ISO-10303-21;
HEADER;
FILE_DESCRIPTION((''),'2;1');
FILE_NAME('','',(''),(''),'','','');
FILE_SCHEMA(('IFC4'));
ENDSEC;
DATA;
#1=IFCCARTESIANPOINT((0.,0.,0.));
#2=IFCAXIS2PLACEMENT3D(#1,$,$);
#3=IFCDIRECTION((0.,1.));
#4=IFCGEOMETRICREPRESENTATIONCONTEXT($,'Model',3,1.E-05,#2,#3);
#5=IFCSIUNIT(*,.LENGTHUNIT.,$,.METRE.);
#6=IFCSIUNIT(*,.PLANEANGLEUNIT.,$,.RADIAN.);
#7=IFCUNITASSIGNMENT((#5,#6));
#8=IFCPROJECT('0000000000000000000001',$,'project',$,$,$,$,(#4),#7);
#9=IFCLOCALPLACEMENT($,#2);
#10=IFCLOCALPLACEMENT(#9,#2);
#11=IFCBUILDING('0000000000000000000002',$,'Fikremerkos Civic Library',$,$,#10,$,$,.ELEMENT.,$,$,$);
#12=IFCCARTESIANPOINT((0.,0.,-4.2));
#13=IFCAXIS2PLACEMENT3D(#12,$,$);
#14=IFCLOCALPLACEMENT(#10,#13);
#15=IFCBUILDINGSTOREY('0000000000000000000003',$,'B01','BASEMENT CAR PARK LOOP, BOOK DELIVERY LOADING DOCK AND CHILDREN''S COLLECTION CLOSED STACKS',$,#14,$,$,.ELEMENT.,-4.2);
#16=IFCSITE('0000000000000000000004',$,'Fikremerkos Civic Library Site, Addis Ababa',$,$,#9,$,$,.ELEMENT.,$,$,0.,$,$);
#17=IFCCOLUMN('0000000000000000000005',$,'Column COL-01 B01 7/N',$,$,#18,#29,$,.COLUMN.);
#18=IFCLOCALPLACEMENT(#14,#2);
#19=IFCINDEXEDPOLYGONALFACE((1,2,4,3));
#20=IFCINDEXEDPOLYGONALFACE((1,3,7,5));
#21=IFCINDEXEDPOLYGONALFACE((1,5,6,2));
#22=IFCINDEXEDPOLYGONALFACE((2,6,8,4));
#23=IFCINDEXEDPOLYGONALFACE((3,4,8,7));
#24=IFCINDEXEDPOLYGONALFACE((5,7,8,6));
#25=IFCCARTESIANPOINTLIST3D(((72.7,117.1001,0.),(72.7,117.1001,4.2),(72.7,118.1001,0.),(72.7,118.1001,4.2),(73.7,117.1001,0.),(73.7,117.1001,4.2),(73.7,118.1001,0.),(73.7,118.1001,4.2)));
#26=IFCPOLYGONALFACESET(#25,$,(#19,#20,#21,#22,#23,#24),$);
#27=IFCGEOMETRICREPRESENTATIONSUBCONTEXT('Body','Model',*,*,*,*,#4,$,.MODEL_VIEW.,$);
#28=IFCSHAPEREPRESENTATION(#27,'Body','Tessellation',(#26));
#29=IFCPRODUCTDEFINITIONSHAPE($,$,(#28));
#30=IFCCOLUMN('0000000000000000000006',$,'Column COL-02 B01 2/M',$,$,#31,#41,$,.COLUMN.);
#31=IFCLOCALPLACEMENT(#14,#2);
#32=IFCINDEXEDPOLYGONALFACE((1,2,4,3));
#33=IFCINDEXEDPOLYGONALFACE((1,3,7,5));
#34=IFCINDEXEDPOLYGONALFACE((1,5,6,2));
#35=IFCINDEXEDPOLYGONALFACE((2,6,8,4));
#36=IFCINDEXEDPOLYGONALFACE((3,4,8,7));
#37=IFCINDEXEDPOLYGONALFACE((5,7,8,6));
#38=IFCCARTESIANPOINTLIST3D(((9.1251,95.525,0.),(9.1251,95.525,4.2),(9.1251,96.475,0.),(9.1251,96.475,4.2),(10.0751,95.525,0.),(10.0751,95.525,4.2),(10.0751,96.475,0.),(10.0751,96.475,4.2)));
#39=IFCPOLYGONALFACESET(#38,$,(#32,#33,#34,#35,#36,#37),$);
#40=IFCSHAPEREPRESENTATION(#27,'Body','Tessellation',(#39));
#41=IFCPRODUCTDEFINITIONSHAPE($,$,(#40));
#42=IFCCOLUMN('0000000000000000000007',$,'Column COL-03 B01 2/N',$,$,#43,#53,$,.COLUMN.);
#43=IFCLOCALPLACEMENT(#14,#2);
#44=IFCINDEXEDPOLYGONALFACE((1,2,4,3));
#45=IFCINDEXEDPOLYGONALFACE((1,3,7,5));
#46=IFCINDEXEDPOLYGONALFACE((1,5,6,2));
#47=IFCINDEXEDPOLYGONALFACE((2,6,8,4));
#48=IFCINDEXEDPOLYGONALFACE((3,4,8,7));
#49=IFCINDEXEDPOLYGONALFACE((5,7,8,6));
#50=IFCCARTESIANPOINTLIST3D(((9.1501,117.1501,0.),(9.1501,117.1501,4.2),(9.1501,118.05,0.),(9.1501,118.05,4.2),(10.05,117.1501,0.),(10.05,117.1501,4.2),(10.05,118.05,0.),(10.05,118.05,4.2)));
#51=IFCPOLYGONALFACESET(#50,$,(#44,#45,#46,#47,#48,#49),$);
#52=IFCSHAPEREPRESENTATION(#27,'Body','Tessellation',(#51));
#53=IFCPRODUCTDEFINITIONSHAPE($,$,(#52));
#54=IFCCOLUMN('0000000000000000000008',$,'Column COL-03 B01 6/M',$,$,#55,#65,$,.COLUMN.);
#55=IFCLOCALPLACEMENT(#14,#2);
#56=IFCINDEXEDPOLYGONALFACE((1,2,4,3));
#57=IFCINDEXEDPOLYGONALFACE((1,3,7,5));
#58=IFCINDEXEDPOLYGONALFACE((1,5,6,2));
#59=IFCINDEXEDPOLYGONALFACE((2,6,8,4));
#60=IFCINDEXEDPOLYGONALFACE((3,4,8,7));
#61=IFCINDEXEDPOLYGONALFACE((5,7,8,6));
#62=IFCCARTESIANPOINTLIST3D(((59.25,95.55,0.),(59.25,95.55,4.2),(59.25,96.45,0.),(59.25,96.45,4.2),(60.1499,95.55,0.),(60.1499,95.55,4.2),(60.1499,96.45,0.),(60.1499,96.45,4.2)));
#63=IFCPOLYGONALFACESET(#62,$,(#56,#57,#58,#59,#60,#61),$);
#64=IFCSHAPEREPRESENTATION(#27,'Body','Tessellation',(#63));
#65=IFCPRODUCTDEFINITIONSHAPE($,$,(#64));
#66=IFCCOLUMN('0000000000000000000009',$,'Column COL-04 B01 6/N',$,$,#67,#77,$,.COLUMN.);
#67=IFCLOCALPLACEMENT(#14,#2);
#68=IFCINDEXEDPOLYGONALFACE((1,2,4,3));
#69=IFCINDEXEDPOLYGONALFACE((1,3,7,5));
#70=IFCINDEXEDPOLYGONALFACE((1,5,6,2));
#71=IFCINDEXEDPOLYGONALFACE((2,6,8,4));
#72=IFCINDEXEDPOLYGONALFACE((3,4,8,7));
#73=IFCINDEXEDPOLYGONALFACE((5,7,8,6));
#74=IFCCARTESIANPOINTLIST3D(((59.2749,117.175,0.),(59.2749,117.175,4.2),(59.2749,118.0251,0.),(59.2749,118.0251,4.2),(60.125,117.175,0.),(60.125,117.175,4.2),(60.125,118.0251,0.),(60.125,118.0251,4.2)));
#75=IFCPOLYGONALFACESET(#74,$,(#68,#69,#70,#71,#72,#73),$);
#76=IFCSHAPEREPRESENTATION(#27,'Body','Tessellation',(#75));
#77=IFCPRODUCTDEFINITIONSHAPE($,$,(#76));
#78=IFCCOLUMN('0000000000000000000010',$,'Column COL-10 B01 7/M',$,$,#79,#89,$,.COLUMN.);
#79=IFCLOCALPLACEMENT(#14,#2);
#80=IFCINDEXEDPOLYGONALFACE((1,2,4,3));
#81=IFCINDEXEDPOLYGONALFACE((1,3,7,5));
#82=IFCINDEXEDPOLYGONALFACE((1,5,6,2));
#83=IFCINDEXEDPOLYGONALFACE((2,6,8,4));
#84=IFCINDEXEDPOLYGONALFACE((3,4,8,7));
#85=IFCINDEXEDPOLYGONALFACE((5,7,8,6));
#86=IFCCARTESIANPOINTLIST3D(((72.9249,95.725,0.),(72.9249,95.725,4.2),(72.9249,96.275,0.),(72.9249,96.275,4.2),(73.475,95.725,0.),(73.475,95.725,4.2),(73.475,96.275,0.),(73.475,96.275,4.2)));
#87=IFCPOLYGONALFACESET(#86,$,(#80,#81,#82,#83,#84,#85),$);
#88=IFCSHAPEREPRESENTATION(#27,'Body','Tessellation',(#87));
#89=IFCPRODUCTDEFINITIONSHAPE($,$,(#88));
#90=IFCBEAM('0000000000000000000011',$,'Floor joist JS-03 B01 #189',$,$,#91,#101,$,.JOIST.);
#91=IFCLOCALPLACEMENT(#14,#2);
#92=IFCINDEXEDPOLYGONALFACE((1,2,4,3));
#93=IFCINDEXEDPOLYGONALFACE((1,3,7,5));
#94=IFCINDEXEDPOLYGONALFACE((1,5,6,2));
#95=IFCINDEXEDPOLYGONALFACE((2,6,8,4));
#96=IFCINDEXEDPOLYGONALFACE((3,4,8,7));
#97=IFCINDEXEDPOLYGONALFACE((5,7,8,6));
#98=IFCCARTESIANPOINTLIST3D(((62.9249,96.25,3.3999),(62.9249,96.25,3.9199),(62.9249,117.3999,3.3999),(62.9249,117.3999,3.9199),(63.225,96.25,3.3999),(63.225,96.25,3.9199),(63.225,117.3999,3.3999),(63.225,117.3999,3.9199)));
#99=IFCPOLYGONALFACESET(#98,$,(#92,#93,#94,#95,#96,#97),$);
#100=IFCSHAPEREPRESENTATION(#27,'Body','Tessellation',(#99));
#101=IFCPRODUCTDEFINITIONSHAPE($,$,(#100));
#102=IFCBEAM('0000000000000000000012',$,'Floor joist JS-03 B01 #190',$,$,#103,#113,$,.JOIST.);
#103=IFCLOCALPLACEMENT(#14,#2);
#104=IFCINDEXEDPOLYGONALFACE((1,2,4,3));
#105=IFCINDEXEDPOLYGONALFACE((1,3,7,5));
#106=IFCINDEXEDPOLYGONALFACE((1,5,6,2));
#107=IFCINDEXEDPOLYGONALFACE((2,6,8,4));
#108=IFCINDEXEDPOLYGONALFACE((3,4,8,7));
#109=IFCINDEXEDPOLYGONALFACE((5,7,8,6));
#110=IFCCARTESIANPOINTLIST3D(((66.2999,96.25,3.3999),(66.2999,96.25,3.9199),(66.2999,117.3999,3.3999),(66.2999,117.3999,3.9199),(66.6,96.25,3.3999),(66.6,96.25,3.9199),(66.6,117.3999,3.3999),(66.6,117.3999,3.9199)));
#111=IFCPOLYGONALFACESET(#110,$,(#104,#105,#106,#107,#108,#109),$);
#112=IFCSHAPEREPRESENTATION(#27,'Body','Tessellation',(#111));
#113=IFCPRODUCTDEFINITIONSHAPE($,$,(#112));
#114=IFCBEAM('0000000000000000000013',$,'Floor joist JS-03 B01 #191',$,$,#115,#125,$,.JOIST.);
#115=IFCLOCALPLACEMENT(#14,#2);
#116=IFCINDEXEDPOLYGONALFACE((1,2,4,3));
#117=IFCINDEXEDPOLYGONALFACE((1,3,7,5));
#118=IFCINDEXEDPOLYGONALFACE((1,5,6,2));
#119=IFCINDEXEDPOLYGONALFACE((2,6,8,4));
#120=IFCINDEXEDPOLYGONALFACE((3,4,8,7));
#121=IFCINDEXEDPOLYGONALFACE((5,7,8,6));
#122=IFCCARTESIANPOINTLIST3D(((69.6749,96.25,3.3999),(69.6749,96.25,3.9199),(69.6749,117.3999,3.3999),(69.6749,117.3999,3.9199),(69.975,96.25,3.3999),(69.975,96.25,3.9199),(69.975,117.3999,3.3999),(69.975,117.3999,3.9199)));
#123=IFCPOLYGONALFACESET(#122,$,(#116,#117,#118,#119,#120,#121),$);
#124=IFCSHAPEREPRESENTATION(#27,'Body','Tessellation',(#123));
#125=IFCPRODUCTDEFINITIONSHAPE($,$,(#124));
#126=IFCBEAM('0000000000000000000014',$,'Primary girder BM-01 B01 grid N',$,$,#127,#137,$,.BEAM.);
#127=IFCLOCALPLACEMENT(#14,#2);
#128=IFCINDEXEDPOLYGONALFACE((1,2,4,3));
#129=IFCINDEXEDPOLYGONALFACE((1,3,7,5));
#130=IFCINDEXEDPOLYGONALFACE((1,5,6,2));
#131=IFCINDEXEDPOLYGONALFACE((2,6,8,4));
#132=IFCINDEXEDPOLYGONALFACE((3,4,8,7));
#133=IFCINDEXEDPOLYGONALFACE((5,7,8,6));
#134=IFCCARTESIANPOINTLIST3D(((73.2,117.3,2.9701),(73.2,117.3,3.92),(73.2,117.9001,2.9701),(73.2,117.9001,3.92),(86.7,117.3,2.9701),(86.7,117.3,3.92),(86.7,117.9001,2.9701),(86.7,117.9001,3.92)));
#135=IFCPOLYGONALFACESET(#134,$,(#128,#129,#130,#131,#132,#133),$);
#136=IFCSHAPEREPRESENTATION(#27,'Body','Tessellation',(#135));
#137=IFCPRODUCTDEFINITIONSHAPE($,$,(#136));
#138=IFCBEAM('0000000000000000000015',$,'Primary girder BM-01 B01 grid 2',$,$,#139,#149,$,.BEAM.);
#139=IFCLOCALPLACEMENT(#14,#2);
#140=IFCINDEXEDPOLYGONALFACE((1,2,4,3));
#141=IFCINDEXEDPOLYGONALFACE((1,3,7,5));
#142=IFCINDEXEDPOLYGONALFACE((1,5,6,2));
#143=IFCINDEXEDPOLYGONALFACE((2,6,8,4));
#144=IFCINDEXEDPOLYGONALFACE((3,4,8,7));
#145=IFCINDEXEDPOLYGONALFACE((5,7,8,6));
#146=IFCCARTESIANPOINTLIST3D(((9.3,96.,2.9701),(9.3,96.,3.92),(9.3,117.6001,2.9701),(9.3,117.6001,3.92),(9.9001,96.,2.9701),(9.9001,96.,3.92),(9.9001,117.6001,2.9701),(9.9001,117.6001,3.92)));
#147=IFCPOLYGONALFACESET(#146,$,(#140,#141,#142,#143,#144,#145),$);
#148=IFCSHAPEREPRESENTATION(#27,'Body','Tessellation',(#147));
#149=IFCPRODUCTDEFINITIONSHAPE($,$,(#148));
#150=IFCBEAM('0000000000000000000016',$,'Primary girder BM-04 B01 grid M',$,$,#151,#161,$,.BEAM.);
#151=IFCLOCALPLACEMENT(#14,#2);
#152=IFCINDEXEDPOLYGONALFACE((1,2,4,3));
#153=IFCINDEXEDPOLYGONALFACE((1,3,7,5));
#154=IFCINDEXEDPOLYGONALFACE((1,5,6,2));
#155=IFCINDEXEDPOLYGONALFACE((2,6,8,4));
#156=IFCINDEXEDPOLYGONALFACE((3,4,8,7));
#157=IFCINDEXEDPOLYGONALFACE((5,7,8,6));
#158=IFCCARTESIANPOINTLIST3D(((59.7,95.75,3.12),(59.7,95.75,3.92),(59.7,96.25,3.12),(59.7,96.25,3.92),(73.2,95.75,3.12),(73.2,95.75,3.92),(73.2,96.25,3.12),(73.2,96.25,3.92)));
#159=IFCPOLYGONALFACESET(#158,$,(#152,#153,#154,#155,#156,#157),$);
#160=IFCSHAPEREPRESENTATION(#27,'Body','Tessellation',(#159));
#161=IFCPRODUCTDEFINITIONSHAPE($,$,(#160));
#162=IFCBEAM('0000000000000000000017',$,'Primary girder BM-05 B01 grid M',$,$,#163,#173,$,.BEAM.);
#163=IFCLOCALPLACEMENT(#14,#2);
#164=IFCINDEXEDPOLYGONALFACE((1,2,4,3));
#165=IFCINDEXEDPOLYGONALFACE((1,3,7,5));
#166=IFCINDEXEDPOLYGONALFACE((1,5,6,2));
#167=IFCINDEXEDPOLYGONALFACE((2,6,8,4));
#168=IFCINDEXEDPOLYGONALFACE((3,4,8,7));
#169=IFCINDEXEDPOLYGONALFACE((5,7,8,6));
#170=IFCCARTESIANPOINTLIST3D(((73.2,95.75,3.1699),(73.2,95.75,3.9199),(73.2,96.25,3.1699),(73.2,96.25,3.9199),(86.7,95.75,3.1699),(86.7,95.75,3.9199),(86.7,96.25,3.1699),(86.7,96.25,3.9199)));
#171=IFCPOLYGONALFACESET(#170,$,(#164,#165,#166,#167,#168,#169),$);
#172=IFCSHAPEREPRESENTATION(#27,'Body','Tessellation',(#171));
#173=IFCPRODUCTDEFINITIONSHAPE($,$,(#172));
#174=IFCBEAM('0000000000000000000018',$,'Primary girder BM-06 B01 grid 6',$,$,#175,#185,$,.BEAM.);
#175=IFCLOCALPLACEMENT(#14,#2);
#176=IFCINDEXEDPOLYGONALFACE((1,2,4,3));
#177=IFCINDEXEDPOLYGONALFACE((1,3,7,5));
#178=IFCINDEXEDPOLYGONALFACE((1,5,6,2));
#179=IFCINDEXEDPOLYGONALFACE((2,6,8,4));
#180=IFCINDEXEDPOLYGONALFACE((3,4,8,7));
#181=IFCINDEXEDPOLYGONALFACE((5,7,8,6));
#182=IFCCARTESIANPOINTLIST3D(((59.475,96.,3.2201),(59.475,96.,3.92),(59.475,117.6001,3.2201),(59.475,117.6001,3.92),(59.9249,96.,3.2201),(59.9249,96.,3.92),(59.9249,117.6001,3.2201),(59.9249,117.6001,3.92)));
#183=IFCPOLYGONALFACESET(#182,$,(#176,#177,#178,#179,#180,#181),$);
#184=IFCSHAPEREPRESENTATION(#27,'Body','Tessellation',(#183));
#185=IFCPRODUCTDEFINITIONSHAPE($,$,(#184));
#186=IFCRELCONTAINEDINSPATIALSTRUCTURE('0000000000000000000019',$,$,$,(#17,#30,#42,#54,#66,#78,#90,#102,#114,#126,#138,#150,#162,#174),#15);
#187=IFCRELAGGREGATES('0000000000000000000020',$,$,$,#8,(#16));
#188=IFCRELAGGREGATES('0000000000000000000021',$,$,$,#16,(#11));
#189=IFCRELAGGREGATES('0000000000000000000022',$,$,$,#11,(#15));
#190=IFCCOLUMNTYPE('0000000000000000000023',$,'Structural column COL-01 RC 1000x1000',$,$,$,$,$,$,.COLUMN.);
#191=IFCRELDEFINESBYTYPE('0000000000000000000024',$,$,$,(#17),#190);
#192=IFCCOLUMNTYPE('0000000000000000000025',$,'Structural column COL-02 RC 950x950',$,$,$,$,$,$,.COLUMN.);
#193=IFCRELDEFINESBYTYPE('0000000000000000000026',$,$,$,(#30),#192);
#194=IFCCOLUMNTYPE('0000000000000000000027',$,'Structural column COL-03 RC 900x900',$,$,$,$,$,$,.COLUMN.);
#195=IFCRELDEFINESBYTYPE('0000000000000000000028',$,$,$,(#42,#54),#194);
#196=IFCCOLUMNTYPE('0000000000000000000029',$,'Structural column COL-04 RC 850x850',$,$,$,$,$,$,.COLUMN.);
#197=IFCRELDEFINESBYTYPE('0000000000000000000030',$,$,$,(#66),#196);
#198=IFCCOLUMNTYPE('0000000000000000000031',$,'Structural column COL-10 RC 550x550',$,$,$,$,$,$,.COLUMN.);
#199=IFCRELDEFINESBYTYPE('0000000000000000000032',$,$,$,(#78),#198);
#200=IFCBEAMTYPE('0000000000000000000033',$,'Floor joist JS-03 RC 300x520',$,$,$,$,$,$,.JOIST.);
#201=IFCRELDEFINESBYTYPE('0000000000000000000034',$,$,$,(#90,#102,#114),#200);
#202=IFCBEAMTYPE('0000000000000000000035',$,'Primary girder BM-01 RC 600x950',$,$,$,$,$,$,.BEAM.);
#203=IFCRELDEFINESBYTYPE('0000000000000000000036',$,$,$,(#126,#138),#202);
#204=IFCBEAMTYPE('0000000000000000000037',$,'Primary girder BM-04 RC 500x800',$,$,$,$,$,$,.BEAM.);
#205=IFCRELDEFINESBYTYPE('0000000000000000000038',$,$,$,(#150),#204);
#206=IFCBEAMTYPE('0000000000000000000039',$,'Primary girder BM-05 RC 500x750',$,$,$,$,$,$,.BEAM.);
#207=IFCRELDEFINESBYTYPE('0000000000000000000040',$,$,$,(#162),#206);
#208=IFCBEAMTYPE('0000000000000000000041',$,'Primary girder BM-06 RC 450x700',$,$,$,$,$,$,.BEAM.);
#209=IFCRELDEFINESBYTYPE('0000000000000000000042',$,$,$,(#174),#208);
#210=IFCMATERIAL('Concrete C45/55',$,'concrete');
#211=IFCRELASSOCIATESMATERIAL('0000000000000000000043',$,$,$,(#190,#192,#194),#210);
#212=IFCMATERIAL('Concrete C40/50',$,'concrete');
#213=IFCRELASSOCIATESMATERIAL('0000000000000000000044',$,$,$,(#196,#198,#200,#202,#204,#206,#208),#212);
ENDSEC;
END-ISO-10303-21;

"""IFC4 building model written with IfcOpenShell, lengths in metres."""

from ifc_helpers import new_model, si_unit, direction, frame, origin, origin_2d, place, context, subcontext, project, spatial, rectangle, extrude, material, material_profile, profile_set, type_object, element, save


model = new_model("IFC4")

# Units and contexts
model_context = context("Model", 3, precision=1e-05, world=origin(), true_north=direction((0.0, 1.0)))
body_context = subcontext(model_context, "Body", "Model", "MODEL_VIEW")
ifc_project = project(units=[si_unit("LENGTHUNIT", "METRE"), si_unit("PLANEANGLEUNIT", "RADIAN")], contexts=[model_context])

# Site, building, storey
site_placement = place(None, origin())
site = spatial("IfcSite", under=ifc_project, at=site_placement, Name="Fikremerkos Civic Library Site, Addis Ababa", CompositionType="ELEMENT", RefElevation=0.0)
building_placement = place(site_placement, origin())
building = spatial("IfcBuilding", under=site, at=building_placement, Name="Fikremerkos Civic Library", CompositionType="ELEMENT")
storey_placement = place(building_placement, frame((0.0, 0.0, -4.2)))
storey = spatial("IfcBuildingStorey", under=building, at=storey_placement, Name="B01", Description="BASEMENT CAR PARK LOOP, BOOK DELIVERY LOADING DOCK AND CHILDREN'S COLLECTION CLOSED STACKS", CompositionType="ELEMENT", Elevation=-4.2)

# Columns
ifc_material_1 = material(Name="Concrete C45/55", Category="concrete")
ifc_material_profile_1 = material_profile(ifc_material_1, rectangle(XDim=1.0, YDim=1.0, at=origin_2d()), Name="RC 1000x1000")
ifc_profile_set_1 = profile_set([ifc_material_profile_1], Name="Concrete C45/55")
column_type_1 = type_object("IfcColumnType", Name="Structural column COL-01 RC 1000x1000", PredefinedType="COLUMN", material=ifc_profile_set_1)
column_1_placement = place(storey_placement, frame((73.2, 117.6001, 0.0), z_axis=(0.0, 0.0, 1.0), x_axis=(1.0, 0.0, 0.0)))
element("IfcColumn", 1, at=column_1_placement, inside=storey, type_object=column_type_1, Name="Column COL-01 B01 7/N", PredefinedType="COLUMN", context=body_context, shape_type="SweptSolid", body=[
    extrude(rectangle(XDim=1.0, YDim=1.0, at=origin_2d()), origin(), (0.0, 0.0, 1.0), 4.2),
])
ifc_material_profile_2 = material_profile(ifc_material_1, rectangle(XDim=0.95, YDim=0.95, at=origin_2d()), Name="RC 950x950")
ifc_profile_set_2 = profile_set([ifc_material_profile_2], Name="Concrete C45/55")
column_type_2 = type_object("IfcColumnType", Name="Structural column COL-02 RC 950x950", PredefinedType="COLUMN", material=ifc_profile_set_2)
column_2_placement = place(storey_placement, frame((9.6001, 96.0, 0.0), z_axis=(0.0, 0.0, 1.0), x_axis=(1.0, 0.0, 0.0)))
element("IfcColumn", 2, at=column_2_placement, inside=storey, type_object=column_type_2, Name="Column COL-02 B01 2/M", PredefinedType="COLUMN", context=body_context, shape_type="SweptSolid", body=[
    extrude(rectangle(XDim=0.95, YDim=0.95, at=origin_2d()), origin(), (0.0, 0.0, 1.0), 4.2),
])
ifc_material_profile_3 = material_profile(ifc_material_1, rectangle(XDim=0.8999, YDim=0.8999, at=origin_2d()), Name="RC 900x900")
ifc_profile_set_3 = profile_set([ifc_material_profile_3], Name="Concrete C45/55")
column_type_3 = type_object("IfcColumnType", Name="Structural column COL-03 RC 900x900", PredefinedType="COLUMN", material=ifc_profile_set_3)
for number, where, z_axis, x_axis, name in (
    (3, (9.6001, 117.6001, 0.0), (0.0, 0.0, 1.0), (1.0, 0.0, 0.0), "Column COL-03 B01 2/N"),
    (4, (59.7, 96.0, 0.0), (0.0, 0.0, 1.0), (1.0, 0.0, 0.0), "Column COL-03 B01 6/M"),
):
    element("IfcColumn", number, at=place(storey_placement, frame(where, z_axis=z_axis, x_axis=x_axis)), inside=storey, type_object=column_type_3, Name=name, PredefinedType="COLUMN", context=body_context, shape_type="SweptSolid", body=[
        extrude(rectangle(XDim=0.8999, YDim=0.8999, at=origin_2d()), origin(), (0.0, 0.0, 1.0), 4.2),
    ])
ifc_material_2 = material(Name="Concrete C40/50", Category="concrete")
ifc_material_profile_4 = material_profile(ifc_material_2, rectangle(XDim=0.8501, YDim=0.8501, at=origin_2d()), Name="RC 850x850")
ifc_profile_set_4 = profile_set([ifc_material_profile_4], Name="Concrete C40/50")
column_type_4 = type_object("IfcColumnType", Name="Structural column COL-04 RC 850x850", PredefinedType="COLUMN", material=ifc_profile_set_4)
column_3_placement = place(storey_placement, frame((59.7, 117.6001, 0.0), z_axis=(0.0, 0.0, 1.0), x_axis=(1.0, 0.0, 0.0)))
element("IfcColumn", 5, at=column_3_placement, inside=storey, type_object=column_type_4, Name="Column COL-04 B01 6/N", PredefinedType="COLUMN", context=body_context, shape_type="SweptSolid", body=[
    extrude(rectangle(XDim=0.8501, YDim=0.8501, at=origin_2d()), origin(), (0.0, 0.0, 1.0), 4.2),
])
ifc_material_profile_5 = material_profile(ifc_material_2, rectangle(XDim=0.55, YDim=0.55, at=origin_2d()), Name="RC 550x550")
ifc_profile_set_5 = profile_set([ifc_material_profile_5], Name="Concrete C40/50")
column_type_5 = type_object("IfcColumnType", Name="Structural column COL-10 RC 550x550", PredefinedType="COLUMN", material=ifc_profile_set_5)
column_4_placement = place(storey_placement, frame((73.2, 96.0, 0.0), z_axis=(0.0, 0.0, 1.0), x_axis=(1.0, 0.0, 0.0)))
element("IfcColumn", 6, at=column_4_placement, inside=storey, type_object=column_type_5, Name="Column COL-10 B01 7/M", PredefinedType="COLUMN", context=body_context, shape_type="SweptSolid", body=[
    extrude(rectangle(XDim=0.55, YDim=0.55, at=origin_2d()), origin(), (0.0, 0.0, 1.0), 4.2),
])

# Beams
ifc_material_profile_6 = material_profile(ifc_material_2, rectangle(XDim=0.3, YDim=0.52, at=origin_2d()), Name="RC 300x520")
ifc_profile_set_6 = profile_set([ifc_material_profile_6], Name="Concrete C40/50")
beam_type_1 = type_object("IfcBeamType", Name="Floor joist JS-03 RC 300x520", PredefinedType="JOIST", material=ifc_profile_set_6)
for number, where, z_axis, x_axis, name in (
    (7, (63.075, 96.25, 3.6599), (0.0, 1.0, 0.0), (-1.0, 0.0, 0.0), "Floor joist JS-03 B01 #189"),
    (8, (66.45, 96.25, 3.6599), (0.0, 1.0, 0.0), (-1.0, 0.0, 0.0), "Floor joist JS-03 B01 #190"),
    (9, (69.825, 96.25, 3.6599), (0.0, 1.0, 0.0), (-1.0, 0.0, 0.0), "Floor joist JS-03 B01 #191"),
):
    element("IfcBeam", number, at=place(storey_placement, frame(where, z_axis=z_axis, x_axis=x_axis)), inside=storey, type_object=beam_type_1, Name=name, PredefinedType="JOIST", context=body_context, shape_type="SweptSolid", body=[
        extrude(rectangle(XDim=0.3, YDim=0.52, at=origin_2d()), origin(), (0.0, 0.0, 1.0), 21.1499),
    ])
ifc_material_profile_7 = material_profile(ifc_material_2, rectangle(XDim=0.6001, YDim=0.95, at=origin_2d()), Name="RC 600x950")
ifc_profile_set_7 = profile_set([ifc_material_profile_7], Name="Concrete C40/50")
beam_type_2 = type_object("IfcBeamType", Name="Primary girder BM-01 RC 600x950", PredefinedType="BEAM", material=ifc_profile_set_7)
beam_1_placement = place(storey_placement, frame((73.2, 117.6001, 3.4451), z_axis=(1.0, 0.0, 0.0), x_axis=(0.0, 1.0, 0.0)))
element("IfcBeam", 10, at=beam_1_placement, inside=storey, type_object=beam_type_2, Name="Primary girder BM-01 B01 grid N", PredefinedType="BEAM", context=body_context, shape_type="SweptSolid", body=[
    extrude(rectangle(XDim=0.6001, YDim=0.95, at=origin_2d()), origin(), (0.0, 0.0, 1.0), 13.5),
])
beam_2_placement = place(storey_placement, frame((9.6001, 96.0, 3.4451), z_axis=(0.0, 1.0, 0.0), x_axis=(-1.0, 0.0, 0.0)))
element("IfcBeam", 11, at=beam_2_placement, inside=storey, type_object=beam_type_2, Name="Primary girder BM-01 B01 grid 2", PredefinedType="BEAM", context=body_context, shape_type="SweptSolid", body=[
    extrude(rectangle(XDim=0.6001, YDim=0.95, at=origin_2d()), origin(), (0.0, 0.0, 1.0), 21.6001),
])
ifc_material_profile_8 = material_profile(ifc_material_2, rectangle(XDim=0.5, YDim=0.8, at=origin_2d()), Name="RC 500x800")
ifc_profile_set_8 = profile_set([ifc_material_profile_8], Name="Concrete C40/50")
beam_type_3 = type_object("IfcBeamType", Name="Primary girder BM-04 RC 500x800", PredefinedType="BEAM", material=ifc_profile_set_8)
beam_3_placement = place(storey_placement, frame((59.7, 96.0, 3.52), z_axis=(1.0, 0.0, 0.0), x_axis=(0.0, 1.0, 0.0)))
element("IfcBeam", 12, at=beam_3_placement, inside=storey, type_object=beam_type_3, Name="Primary girder BM-04 B01 grid M", PredefinedType="BEAM", context=body_context, shape_type="SweptSolid", body=[
    extrude(rectangle(XDim=0.5, YDim=0.8, at=origin_2d()), origin(), (0.0, 0.0, 1.0), 13.5),
])
ifc_material_profile_9 = material_profile(ifc_material_2, rectangle(XDim=0.5, YDim=0.75, at=origin_2d()), Name="RC 500x750")
ifc_profile_set_9 = profile_set([ifc_material_profile_9], Name="Concrete C40/50")
beam_type_4 = type_object("IfcBeamType", Name="Primary girder BM-05 RC 500x750", PredefinedType="BEAM", material=ifc_profile_set_9)
beam_4_placement = place(storey_placement, frame((73.2, 96.0, 3.5449), z_axis=(1.0, 0.0, 0.0), x_axis=(0.0, 1.0, 0.0)))
element("IfcBeam", 13, at=beam_4_placement, inside=storey, type_object=beam_type_4, Name="Primary girder BM-05 B01 grid M", PredefinedType="BEAM", context=body_context, shape_type="SweptSolid", body=[
    extrude(rectangle(XDim=0.5, YDim=0.75, at=origin_2d()), origin(), (0.0, 0.0, 1.0), 13.5),
])
ifc_material_profile_10 = material_profile(ifc_material_2, rectangle(XDim=0.45, YDim=0.7, at=origin_2d()), Name="RC 450x700")
ifc_profile_set_10 = profile_set([ifc_material_profile_10], Name="Concrete C40/50")
beam_type_5 = type_object("IfcBeamType", Name="Primary girder BM-06 RC 450x700", PredefinedType="BEAM", material=ifc_profile_set_10)
beam_5_placement = place(storey_placement, frame((59.7, 96.0, 3.5701), z_axis=(0.0, 1.0, 0.0), x_axis=(-1.0, 0.0, 0.0)))
element("IfcBeam", 14, at=beam_5_placement, inside=storey, type_object=beam_type_5, Name="Primary girder BM-06 B01 grid 6", PredefinedType="BEAM", context=body_context, shape_type="SweptSolid", body=[
    extrude(rectangle(XDim=0.45, YDim=0.7, at=origin_2d()), origin(), (0.0, 0.0, 1.0), 21.6001),
])

save(model, "model.ifc")
